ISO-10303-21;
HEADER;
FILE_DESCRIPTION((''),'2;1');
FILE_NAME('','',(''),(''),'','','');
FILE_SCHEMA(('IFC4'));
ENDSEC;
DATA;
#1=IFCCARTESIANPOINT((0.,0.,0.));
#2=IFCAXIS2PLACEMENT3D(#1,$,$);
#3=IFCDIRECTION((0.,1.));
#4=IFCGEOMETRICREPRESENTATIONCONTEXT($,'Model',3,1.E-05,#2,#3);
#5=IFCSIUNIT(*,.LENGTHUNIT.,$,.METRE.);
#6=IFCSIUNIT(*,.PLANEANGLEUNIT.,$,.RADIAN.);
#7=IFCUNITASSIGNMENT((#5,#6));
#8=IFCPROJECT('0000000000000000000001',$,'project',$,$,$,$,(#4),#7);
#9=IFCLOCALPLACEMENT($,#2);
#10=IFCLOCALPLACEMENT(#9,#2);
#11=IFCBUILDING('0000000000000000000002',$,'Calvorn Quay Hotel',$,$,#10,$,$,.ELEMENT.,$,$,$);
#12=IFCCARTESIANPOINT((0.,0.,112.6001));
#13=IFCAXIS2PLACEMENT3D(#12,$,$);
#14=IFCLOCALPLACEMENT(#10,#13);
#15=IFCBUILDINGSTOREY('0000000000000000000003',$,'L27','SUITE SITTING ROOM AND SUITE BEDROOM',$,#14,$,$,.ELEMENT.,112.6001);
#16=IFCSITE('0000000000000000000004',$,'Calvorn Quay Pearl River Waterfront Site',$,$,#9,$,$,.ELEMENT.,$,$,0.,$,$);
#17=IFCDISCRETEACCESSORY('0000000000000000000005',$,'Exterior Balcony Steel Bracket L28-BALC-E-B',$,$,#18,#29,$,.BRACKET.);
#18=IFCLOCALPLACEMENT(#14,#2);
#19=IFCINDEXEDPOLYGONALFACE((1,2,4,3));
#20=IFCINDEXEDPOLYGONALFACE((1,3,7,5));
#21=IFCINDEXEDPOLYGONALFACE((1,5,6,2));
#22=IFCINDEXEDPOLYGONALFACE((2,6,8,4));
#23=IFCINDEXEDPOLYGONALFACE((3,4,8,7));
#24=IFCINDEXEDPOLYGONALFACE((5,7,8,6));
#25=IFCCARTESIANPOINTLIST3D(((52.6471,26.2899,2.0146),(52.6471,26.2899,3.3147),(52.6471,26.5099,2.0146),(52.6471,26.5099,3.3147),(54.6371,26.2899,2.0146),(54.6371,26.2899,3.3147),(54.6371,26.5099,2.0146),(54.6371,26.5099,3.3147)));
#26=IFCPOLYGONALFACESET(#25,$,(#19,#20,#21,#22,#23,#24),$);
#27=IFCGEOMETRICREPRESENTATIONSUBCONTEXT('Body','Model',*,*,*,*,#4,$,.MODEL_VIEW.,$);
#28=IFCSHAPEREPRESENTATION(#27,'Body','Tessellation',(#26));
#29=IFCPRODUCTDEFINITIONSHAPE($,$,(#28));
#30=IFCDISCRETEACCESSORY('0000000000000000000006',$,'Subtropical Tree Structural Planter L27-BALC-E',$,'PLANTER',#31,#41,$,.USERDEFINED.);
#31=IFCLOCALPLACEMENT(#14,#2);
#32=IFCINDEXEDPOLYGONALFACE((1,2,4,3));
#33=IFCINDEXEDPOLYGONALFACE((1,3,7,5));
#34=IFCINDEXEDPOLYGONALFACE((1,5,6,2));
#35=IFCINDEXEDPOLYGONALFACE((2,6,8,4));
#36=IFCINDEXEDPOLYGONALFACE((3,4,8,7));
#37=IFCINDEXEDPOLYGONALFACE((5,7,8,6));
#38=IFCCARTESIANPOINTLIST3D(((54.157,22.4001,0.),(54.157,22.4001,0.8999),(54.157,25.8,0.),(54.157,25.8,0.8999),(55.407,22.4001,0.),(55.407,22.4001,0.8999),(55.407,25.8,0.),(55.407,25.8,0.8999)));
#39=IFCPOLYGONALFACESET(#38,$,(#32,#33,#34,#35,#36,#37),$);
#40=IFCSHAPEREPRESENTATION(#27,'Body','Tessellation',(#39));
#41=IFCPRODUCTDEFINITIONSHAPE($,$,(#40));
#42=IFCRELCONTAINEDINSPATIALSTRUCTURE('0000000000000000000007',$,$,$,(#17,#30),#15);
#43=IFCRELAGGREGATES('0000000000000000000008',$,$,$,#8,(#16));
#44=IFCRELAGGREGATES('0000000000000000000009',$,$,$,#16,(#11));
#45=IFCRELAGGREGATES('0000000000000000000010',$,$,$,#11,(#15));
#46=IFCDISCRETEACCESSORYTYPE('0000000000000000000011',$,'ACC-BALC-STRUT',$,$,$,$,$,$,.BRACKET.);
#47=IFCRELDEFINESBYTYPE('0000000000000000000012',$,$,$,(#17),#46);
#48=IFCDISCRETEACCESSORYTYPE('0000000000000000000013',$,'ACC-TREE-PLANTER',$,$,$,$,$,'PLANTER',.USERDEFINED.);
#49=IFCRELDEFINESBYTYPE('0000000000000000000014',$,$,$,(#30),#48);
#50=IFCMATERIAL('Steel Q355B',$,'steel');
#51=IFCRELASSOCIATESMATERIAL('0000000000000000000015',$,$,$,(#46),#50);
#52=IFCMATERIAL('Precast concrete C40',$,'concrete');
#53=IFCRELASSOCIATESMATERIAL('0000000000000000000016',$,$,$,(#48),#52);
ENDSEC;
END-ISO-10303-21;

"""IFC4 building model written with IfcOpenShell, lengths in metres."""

from ifc_helpers import new_model, si_unit, direction, frame, origin, origin_2d, place, context, subcontext, project, spatial, rectangle, extrude, material, type_object, element, save


model = new_model("IFC4")

# Units and contexts
model_context = context("Model", 3, precision=1e-05, world=origin(), true_north=direction((0.0, 1.0)))
body_context = subcontext(model_context, "Body", "Model", "MODEL_VIEW")
ifc_project = project(units=[si_unit("LENGTHUNIT", "METRE"), si_unit("PLANEANGLEUNIT", "RADIAN")], contexts=[model_context])

# Site, building, storey
site_placement = place(None, origin())
site = spatial("IfcSite", under=ifc_project, at=site_placement, Name="Calvorn Quay Pearl River Waterfront Site", CompositionType="ELEMENT", RefElevation=0.0)
building_placement = place(site_placement, origin())
building = spatial("IfcBuilding", under=site, at=building_placement, Name="Calvorn Quay Hotel", CompositionType="ELEMENT")
storey_placement = place(building_placement, frame((0.0, 0.0, 112.6001)))
storey = spatial("IfcBuildingStorey", under=building, at=storey_placement, Name="L27", Description="SUITE SITTING ROOM AND SUITE BEDROOM", CompositionType="ELEMENT", Elevation=112.6001)

# Discrete accessories
ifc_material_1 = material(Name="Steel Q355B", Category="steel")
discrete_accessory_type_1 = type_object("IfcDiscreteAccessoryType", Name="ACC-BALC-STRUT", PredefinedType="BRACKET", material=ifc_material_1)
for number, where, z_axis, x_axis, name in (
    (1, (53.6421, 26.3999, 2.0146), (0.0, 0.0, 1.0), (1.0, 0.0, 0.0), "Exterior Balcony Steel Bracket L28-BALC-E-B"),
):
    element("IfcDiscreteAccessory", number, at=place(storey_placement, frame(where, z_axis=z_axis, x_axis=x_axis)), inside=storey, type_object=discrete_accessory_type_1, Name=name, PredefinedType="BRACKET", context=body_context, shape_type="SweptSolid", body=[
        extrude(rectangle(XDim=1.99, YDim=0.22, at=origin_2d()), origin(), (0.0, 0.0, 1.0), 1.3),
    ])
ifc_material_2 = material(Name="Precast concrete C40", Category="concrete")
discrete_accessory_type_2 = type_object("IfcDiscreteAccessoryType", Name="ACC-TREE-PLANTER", ElementType="PLANTER", PredefinedType="USERDEFINED", material=ifc_material_2)
discrete_accessory_placement = place(storey_placement, frame((54.782, 24.1001, 0.0), z_axis=(0.0, 0.0, 1.0), x_axis=(1.0, 0.0, 0.0)))
element("IfcDiscreteAccessory", 2, at=discrete_accessory_placement, inside=storey, type_object=discrete_accessory_type_2, Name="Subtropical Tree Structural Planter L27-BALC-E", ObjectType="PLANTER", PredefinedType="USERDEFINED", context=body_context, shape_type="SweptSolid", body=[
    extrude(rectangle(XDim=1.25, YDim=3.3999, at=origin_2d()), origin(), (0.0, 0.0, 1.0), 0.8999),
])

save(model, "model.ifc")
